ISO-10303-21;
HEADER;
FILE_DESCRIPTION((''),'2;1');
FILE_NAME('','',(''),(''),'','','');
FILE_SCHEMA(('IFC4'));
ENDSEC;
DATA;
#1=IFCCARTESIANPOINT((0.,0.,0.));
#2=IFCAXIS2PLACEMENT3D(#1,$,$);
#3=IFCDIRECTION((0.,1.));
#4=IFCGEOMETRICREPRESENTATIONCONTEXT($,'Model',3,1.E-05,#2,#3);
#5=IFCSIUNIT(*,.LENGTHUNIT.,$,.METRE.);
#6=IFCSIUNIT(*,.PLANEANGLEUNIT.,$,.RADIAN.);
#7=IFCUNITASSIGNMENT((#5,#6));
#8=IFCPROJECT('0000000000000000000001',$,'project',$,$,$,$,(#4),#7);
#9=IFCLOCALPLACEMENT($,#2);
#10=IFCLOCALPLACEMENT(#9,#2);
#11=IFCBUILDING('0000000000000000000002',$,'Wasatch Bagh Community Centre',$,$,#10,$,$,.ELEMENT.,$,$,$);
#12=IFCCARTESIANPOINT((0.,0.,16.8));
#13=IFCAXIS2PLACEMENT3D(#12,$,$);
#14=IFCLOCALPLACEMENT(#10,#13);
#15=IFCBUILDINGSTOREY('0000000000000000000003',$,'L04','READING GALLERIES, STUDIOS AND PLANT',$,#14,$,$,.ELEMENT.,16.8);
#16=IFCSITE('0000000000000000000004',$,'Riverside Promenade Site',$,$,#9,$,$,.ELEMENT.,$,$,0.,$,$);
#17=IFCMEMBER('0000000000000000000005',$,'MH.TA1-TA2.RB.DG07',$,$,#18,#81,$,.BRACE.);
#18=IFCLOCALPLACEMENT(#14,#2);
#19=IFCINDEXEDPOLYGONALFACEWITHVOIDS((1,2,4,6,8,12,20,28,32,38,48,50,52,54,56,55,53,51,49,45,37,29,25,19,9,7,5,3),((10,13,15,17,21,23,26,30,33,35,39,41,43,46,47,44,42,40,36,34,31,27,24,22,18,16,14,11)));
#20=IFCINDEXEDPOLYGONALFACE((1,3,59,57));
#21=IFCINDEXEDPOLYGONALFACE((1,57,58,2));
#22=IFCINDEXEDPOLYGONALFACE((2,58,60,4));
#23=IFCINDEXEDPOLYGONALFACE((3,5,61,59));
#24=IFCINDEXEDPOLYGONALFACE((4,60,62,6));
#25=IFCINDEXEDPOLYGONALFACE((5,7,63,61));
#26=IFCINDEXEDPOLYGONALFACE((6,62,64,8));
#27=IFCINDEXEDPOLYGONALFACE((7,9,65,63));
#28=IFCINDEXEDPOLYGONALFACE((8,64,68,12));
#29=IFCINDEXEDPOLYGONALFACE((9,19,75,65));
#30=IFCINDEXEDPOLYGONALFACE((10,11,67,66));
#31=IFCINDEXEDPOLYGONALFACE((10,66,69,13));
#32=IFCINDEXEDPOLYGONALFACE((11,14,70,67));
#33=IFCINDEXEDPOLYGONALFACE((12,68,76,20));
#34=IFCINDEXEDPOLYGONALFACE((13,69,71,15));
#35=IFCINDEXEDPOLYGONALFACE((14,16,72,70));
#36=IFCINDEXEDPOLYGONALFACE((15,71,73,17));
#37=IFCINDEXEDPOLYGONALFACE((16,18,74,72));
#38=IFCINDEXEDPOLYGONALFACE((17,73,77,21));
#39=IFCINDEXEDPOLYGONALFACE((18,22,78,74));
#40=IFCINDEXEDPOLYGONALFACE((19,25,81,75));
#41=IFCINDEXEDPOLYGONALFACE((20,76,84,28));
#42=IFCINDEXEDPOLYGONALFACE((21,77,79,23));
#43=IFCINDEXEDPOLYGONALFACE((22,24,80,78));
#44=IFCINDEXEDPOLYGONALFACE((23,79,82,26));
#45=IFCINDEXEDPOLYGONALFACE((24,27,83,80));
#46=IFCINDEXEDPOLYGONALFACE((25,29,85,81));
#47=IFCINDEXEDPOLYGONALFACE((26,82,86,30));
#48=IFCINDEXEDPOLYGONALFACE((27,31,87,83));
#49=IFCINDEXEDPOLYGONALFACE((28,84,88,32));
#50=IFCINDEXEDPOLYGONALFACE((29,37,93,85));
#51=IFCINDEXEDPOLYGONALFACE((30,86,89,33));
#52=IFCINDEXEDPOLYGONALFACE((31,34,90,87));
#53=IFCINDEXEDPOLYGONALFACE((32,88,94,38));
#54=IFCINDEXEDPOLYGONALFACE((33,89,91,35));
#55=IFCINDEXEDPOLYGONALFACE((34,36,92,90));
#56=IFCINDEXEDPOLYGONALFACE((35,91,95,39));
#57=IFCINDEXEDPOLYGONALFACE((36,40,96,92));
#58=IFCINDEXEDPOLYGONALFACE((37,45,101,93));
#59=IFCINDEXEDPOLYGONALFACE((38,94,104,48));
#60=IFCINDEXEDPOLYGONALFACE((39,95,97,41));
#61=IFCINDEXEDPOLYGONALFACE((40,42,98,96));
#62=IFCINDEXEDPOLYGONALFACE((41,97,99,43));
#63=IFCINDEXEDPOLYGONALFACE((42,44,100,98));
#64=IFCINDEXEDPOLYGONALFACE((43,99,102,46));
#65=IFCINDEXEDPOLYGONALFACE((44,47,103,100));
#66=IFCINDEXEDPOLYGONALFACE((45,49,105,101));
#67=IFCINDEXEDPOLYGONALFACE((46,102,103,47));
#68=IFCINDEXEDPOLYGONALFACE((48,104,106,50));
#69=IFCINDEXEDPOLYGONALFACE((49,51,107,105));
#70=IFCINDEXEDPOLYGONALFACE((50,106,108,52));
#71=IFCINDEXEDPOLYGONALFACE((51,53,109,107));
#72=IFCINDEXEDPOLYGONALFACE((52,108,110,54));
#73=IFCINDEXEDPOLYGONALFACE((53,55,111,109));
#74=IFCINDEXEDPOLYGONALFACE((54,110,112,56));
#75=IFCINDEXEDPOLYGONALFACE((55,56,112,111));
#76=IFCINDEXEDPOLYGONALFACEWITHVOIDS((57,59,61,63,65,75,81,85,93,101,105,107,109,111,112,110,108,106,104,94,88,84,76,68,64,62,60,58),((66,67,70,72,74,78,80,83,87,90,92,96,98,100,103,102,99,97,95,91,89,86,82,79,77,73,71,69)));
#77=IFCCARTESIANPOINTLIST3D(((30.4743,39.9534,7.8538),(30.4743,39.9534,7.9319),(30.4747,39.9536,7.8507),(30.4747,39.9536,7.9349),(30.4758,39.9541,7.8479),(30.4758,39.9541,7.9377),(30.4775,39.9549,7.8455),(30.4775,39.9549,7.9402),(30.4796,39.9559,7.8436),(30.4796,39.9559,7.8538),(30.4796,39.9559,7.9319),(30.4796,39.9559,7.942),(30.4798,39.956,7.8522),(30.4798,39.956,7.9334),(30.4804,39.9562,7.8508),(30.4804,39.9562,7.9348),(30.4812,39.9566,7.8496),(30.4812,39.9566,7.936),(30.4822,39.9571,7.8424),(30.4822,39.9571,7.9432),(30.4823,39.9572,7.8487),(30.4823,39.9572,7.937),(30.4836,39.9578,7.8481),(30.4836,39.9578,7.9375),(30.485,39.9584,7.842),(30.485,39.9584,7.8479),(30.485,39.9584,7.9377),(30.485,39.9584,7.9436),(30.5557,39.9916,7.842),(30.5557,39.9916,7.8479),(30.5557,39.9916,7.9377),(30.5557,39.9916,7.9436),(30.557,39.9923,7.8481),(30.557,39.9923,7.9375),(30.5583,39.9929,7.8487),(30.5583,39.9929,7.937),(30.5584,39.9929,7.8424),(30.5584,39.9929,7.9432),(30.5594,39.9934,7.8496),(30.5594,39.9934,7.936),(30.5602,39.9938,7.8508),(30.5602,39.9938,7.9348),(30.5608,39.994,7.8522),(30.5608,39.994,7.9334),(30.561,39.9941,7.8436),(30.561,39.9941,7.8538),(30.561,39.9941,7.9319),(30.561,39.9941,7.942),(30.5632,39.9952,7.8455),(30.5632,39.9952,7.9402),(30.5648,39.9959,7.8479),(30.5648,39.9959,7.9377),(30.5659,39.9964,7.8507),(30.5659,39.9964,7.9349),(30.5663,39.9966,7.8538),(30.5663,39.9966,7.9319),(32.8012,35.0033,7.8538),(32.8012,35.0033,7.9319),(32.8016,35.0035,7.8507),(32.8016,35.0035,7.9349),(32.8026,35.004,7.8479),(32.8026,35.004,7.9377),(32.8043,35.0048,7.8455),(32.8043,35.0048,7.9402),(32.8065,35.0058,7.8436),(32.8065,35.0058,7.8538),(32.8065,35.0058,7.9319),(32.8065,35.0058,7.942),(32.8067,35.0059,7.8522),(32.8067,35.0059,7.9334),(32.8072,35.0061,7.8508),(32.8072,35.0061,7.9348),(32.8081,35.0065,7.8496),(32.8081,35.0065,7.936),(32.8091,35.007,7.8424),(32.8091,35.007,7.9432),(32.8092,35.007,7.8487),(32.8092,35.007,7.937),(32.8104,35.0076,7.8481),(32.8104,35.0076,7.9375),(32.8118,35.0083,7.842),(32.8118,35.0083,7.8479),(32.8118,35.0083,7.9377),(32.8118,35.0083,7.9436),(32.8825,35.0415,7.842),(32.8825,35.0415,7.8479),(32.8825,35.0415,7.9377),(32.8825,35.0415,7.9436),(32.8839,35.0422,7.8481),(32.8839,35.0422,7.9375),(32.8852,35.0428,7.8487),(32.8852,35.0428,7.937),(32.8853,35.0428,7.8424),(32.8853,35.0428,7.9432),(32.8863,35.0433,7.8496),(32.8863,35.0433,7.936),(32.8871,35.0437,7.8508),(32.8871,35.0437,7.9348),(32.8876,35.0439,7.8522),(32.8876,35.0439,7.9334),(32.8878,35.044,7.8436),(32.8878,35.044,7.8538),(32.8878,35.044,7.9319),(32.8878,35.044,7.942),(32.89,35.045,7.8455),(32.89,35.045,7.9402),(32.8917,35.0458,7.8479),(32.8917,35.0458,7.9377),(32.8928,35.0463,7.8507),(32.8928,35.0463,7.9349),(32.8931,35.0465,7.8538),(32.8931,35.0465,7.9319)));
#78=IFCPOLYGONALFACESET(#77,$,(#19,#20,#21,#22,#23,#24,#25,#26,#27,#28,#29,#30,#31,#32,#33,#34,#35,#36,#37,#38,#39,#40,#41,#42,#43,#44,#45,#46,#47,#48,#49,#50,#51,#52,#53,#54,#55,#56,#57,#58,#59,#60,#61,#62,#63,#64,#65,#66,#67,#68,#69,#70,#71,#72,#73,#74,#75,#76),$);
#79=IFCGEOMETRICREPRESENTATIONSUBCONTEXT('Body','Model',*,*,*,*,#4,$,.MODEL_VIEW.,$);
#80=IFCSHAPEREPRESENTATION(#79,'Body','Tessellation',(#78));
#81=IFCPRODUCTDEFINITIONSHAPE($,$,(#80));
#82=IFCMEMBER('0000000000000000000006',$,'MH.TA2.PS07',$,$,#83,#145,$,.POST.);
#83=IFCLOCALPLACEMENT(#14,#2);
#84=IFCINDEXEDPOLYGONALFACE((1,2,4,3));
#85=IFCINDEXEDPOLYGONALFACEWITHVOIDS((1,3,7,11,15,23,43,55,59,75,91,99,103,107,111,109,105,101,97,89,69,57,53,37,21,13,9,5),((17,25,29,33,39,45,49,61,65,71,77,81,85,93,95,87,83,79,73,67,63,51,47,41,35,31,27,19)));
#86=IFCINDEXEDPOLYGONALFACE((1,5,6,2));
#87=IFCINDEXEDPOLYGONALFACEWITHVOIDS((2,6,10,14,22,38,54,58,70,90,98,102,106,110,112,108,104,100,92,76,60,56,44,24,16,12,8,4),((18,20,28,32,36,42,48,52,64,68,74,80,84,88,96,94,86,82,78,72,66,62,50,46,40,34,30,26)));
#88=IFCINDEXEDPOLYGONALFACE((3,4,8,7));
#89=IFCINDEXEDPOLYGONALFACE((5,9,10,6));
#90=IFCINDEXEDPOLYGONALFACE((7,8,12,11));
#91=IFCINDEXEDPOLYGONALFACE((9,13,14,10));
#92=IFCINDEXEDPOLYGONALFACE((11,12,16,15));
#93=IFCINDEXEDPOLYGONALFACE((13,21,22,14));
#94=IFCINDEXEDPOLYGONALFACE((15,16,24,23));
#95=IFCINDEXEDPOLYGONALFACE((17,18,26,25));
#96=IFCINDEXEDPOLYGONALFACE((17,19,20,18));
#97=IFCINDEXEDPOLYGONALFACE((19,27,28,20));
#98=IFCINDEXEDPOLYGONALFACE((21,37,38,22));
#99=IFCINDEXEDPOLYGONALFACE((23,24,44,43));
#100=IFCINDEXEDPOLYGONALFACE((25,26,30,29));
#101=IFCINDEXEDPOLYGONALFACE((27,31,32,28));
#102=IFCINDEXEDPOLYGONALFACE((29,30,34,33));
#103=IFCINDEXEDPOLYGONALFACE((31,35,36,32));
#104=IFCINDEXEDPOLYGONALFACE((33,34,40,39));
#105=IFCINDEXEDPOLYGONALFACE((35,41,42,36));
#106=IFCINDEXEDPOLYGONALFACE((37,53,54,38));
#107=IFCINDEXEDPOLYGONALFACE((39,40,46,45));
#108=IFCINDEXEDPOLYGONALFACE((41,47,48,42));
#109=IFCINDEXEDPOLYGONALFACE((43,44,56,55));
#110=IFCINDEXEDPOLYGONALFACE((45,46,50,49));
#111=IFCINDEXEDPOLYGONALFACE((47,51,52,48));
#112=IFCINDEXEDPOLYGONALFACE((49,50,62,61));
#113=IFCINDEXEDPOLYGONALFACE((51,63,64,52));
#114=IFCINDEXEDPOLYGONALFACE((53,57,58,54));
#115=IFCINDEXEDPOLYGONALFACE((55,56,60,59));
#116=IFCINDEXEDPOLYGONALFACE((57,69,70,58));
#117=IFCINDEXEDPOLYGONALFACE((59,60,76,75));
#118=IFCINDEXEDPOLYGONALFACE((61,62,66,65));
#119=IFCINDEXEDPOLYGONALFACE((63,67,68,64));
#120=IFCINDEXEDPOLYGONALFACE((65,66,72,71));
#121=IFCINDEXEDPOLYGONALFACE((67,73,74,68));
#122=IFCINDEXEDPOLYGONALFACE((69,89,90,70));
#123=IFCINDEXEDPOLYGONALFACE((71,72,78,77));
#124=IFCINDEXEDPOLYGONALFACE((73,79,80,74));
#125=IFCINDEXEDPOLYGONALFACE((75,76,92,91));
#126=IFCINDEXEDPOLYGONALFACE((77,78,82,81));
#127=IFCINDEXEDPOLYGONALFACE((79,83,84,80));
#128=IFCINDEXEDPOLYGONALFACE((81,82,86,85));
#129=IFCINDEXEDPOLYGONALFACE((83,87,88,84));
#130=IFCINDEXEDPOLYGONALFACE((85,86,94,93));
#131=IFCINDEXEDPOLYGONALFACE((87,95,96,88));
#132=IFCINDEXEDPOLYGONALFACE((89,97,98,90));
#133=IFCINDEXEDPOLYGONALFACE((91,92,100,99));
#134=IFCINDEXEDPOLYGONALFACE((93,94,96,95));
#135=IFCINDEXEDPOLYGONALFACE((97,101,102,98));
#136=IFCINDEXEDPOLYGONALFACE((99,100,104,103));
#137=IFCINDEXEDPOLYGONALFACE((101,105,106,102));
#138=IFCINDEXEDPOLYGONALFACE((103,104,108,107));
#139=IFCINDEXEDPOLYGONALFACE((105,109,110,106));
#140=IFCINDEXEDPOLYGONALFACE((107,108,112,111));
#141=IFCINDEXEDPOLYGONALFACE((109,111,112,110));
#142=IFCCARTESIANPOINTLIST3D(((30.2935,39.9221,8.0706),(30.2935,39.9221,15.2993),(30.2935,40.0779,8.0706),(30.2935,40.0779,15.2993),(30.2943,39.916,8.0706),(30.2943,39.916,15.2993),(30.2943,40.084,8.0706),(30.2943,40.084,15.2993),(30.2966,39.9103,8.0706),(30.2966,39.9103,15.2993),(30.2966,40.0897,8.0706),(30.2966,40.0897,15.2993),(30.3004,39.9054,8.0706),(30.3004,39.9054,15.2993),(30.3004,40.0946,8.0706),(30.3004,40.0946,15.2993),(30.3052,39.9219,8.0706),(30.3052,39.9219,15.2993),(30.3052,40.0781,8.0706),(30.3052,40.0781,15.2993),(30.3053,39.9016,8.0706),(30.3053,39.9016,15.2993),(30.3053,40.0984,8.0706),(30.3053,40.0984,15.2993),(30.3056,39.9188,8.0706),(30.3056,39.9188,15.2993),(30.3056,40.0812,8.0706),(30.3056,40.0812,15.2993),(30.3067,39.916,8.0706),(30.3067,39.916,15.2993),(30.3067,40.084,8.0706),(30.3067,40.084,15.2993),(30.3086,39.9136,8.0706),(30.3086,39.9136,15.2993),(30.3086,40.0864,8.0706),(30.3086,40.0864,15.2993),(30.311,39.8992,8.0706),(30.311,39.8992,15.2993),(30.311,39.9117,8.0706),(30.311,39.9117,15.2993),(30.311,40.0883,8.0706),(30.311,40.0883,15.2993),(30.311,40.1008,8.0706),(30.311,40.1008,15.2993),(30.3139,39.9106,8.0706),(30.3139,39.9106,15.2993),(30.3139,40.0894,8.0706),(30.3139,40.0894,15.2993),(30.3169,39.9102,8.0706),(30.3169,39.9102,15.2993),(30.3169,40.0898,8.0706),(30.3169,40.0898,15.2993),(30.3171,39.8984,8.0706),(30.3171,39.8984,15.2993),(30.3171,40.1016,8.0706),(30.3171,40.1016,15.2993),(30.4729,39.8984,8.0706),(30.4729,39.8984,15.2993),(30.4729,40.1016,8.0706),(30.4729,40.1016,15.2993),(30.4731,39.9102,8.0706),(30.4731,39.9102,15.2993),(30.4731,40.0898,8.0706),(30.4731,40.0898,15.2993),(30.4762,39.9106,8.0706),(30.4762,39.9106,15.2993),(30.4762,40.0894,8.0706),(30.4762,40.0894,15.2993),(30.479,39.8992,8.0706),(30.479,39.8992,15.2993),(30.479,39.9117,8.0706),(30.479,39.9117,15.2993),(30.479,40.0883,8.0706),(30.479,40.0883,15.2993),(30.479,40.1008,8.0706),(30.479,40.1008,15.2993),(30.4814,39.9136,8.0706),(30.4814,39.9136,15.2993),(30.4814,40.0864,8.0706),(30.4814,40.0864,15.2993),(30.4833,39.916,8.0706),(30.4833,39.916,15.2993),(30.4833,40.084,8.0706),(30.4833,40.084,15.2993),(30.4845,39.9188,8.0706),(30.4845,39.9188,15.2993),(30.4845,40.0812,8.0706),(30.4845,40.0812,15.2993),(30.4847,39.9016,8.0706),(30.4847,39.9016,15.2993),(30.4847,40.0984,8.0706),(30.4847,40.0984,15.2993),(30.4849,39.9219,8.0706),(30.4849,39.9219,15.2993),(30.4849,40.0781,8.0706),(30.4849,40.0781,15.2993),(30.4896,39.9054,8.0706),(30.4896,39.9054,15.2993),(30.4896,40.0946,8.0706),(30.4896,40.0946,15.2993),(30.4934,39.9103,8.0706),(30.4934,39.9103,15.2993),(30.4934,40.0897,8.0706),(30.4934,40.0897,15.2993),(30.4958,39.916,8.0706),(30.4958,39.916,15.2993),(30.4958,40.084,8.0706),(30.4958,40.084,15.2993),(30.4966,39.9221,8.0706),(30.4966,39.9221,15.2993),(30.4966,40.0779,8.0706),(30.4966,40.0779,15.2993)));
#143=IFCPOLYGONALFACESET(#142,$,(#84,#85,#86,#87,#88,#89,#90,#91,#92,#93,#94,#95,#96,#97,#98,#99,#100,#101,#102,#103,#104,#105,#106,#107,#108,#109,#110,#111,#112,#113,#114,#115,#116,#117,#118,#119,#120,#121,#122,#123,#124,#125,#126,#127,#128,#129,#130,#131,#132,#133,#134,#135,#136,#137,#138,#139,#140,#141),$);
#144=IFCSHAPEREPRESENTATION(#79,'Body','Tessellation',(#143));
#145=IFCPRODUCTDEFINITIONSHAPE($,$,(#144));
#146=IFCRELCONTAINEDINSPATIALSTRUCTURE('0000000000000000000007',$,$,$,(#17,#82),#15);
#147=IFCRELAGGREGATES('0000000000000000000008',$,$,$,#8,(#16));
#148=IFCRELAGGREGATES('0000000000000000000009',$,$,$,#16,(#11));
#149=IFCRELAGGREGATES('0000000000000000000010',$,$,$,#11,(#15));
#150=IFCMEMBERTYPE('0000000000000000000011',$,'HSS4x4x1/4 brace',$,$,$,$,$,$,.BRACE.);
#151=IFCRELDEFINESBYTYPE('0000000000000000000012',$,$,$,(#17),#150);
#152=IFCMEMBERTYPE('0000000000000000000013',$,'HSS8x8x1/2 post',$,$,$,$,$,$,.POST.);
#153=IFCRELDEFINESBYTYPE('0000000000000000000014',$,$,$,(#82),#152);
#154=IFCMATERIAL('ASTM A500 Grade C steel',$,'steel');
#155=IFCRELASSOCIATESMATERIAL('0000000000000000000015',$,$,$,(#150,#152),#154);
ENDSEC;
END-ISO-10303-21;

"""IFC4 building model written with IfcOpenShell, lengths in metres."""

from ifc_helpers import new_model, si_unit, direction, frame, origin, origin_2d, place, context, subcontext, project, spatial, hollow_rectangle, extrude, material, material_profile, profile_set, type_object, element, save


model = new_model("IFC4")

# Units and contexts
model_context = context("Model", 3, precision=1e-05, world=origin(), true_north=direction((0.0, 1.0)))
body_context = subcontext(model_context, "Body", "Model", "MODEL_VIEW")
ifc_project = project(units=[si_unit("LENGTHUNIT", "METRE"), si_unit("PLANEANGLEUNIT", "RADIAN")], contexts=[model_context])

# Site, building, storey
site_placement = place(None, origin())
site = spatial("IfcSite", under=ifc_project, at=site_placement, Name="Riverside Promenade Site", CompositionType="ELEMENT", RefElevation=0.0)
building_placement = place(site_placement, origin())
building = spatial("IfcBuilding", under=site, at=building_placement, Name="Wasatch Bagh Community Centre", CompositionType="ELEMENT")
storey_placement = place(building_placement, frame((0.0, 0.0, 16.8)))
storey = spatial("IfcBuildingStorey", under=building, at=storey_placement, Name="L04", Description="READING GALLERIES, STUDIOS AND PLANT", CompositionType="ELEMENT", Elevation=16.8)

# Members
ifc_material_1 = material(Name="ASTM A500 Grade C steel", Category="steel")
ifc_material_profile_1 = material_profile(ifc_material_1, hollow_rectangle(XDim=0.1016, YDim=0.1016, WallThickness=0.0059, InnerFilletRadius=0.0059, OuterFilletRadius=0.0117, at=origin_2d()), Name="HSS4x4x1/4")
ifc_profile_set_1 = profile_set([ifc_material_profile_1], Name="ASTM A500 Grade C steel")
member_type_1 = type_object("IfcMemberType", Name="HSS4x4x1/4 brace", PredefinedType="BRACE", material=ifc_profile_set_1)
member_1_placement = place(storey_placement, frame((32.8472, 35.0249, 7.8928), z_axis=(-0.425408, 0.905002, 0.0), x_axis=(-0.905002, -0.425408, 0.0)))
element("IfcMember", 1, at=member_1_placement, inside=storey, type_object=member_type_1, Name="MH.TA1-TA2.RB.DG07", PredefinedType="BRACE", context=body_context, shape_type="SweptSolid", body=[
    extrude(hollow_rectangle(XDim=0.1016, YDim=0.1016, WallThickness=0.0059, InnerFilletRadius=0.0059, OuterFilletRadius=0.0117, at=origin_2d()), origin(), (0.0, 0.0, 1.0), 5.4697),
])
ifc_material_profile_2 = material_profile(ifc_material_1, hollow_rectangle(XDim=0.2031, YDim=0.2031, WallThickness=0.0117, InnerFilletRadius=0.0117, OuterFilletRadius=0.0237, at=origin_2d()), Name="HSS8x8x1/2")
ifc_profile_set_2 = profile_set([ifc_material_profile_2], Name="ASTM A500 Grade C steel")
member_type_2 = type_object("IfcMemberType", Name="HSS8x8x1/2 post", PredefinedType="POST", material=ifc_profile_set_2)
member_2_placement = place(storey_placement, frame((30.395, 40.0, 8.0706), z_axis=(0.0, 0.0, 1.0), x_axis=(1.0, 0.0, 0.0)))
element("IfcMember", 2, at=member_2_placement, inside=storey, type_object=member_type_2, Name="MH.TA2.PS07", PredefinedType="POST", context=body_context, shape_type="SweptSolid", body=[
    extrude(hollow_rectangle(XDim=0.2031, YDim=0.2031, WallThickness=0.0117, InnerFilletRadius=0.0117, OuterFilletRadius=0.0237, at=origin_2d()), origin(), (0.0, 0.0, 1.0), 7.2288),
])

save(model, "model.ifc")
